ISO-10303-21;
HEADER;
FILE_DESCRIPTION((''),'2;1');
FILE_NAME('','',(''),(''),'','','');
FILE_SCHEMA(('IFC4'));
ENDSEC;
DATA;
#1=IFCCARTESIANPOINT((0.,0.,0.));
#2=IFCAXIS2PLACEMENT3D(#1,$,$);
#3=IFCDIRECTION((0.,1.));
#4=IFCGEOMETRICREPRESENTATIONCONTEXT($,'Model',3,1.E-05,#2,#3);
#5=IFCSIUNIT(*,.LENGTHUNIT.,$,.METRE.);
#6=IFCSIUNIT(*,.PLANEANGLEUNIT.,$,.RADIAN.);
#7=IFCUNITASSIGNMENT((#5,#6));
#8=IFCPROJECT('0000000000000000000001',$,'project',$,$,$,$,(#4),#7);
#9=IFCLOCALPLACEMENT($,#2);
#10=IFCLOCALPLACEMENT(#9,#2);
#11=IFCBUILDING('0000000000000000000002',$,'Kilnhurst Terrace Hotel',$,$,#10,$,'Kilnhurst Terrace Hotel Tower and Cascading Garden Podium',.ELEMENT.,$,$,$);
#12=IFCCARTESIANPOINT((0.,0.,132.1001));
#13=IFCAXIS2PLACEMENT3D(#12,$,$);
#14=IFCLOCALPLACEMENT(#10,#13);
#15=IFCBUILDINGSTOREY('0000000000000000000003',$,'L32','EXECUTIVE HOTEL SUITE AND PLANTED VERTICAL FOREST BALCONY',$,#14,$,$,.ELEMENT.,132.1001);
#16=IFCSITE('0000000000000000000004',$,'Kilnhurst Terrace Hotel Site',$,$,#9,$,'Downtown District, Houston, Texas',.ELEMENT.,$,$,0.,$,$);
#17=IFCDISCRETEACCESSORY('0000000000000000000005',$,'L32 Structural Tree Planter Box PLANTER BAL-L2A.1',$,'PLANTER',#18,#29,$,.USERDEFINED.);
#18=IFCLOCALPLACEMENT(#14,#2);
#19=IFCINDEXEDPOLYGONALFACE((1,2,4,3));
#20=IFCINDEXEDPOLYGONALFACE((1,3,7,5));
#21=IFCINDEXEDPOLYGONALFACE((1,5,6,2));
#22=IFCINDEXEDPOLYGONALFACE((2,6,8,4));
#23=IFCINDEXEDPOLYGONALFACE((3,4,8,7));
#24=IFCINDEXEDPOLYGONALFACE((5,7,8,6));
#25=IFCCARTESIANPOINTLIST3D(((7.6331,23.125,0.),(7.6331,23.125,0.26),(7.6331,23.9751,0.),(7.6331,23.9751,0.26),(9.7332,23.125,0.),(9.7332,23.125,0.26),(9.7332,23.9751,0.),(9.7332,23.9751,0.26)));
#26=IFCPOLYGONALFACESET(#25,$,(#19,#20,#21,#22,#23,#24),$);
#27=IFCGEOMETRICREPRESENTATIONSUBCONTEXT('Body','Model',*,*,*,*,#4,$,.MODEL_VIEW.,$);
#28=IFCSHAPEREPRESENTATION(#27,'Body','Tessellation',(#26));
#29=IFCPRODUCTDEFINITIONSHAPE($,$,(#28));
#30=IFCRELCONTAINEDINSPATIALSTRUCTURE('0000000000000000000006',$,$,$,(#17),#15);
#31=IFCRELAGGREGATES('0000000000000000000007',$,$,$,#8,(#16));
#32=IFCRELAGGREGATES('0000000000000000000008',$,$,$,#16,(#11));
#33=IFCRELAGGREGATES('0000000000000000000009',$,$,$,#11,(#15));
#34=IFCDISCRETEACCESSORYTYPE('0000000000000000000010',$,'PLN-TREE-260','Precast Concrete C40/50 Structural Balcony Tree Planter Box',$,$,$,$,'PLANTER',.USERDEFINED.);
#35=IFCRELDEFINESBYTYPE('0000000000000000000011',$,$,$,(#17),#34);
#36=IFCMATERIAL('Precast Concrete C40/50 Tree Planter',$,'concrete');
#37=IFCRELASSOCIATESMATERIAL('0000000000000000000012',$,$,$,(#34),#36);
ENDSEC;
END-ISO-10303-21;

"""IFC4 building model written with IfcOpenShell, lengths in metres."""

from ifc_helpers import new_model, si_unit, direction, frame, origin, origin_2d, place, context, subcontext, project, spatial, rectangle, extrude, material, type_object, element, save


model = new_model("IFC4")

# Units and contexts
model_context = context("Model", 3, precision=1e-05, world=origin(), true_north=direction((0.0, 1.0)))
body_context = subcontext(model_context, "Body", "Model", "MODEL_VIEW")
ifc_project = project(units=[si_unit("LENGTHUNIT", "METRE"), si_unit("PLANEANGLEUNIT", "RADIAN")], contexts=[model_context])

# Site, building, storey
site_placement = place(None, origin())
site = spatial("IfcSite", under=ifc_project, at=site_placement, Name="Kilnhurst Terrace Hotel Site", LongName="Downtown District, Houston, Texas", CompositionType="ELEMENT", RefElevation=0.0)
building_placement = place(site_placement, origin())
building = spatial("IfcBuilding", under=site, at=building_placement, Name="Kilnhurst Terrace Hotel", LongName="Kilnhurst Terrace Hotel Tower and Cascading Garden Podium", CompositionType="ELEMENT")
storey_placement = place(building_placement, frame((0.0, 0.0, 132.1001)))
storey = spatial("IfcBuildingStorey", under=building, at=storey_placement, Name="L32", Description="EXECUTIVE HOTEL SUITE AND PLANTED VERTICAL FOREST BALCONY", CompositionType="ELEMENT", Elevation=132.1001)

# Discrete accessory
ifc_material_1 = material(Name="Precast Concrete C40/50 Tree Planter", Category="concrete")
discrete_accessory_type = type_object("IfcDiscreteAccessoryType", Name="PLN-TREE-260", Description="Precast Concrete C40/50 Structural Balcony Tree Planter Box", ElementType="PLANTER", PredefinedType="USERDEFINED", material=ifc_material_1)
discrete_accessory_placement = place(storey_placement, frame((8.6831, 23.55, 0.0), z_axis=(0.0, 0.0, 1.0), x_axis=(-1.0, 0.0, 0.0)))
element("IfcDiscreteAccessory", 1, at=discrete_accessory_placement, inside=storey, type_object=discrete_accessory_type, Name="L32 Structural Tree Planter Box PLANTER BAL-L2A.1", ObjectType="PLANTER", PredefinedType="USERDEFINED", context=body_context, shape_type="SweptSolid", body=[
    extrude(rectangle(XDim=2.1001, YDim=0.8501, at=origin_2d()), origin(), (0.0, 0.0, 1.0), 0.26),
])

save(model, "model.ifc")
